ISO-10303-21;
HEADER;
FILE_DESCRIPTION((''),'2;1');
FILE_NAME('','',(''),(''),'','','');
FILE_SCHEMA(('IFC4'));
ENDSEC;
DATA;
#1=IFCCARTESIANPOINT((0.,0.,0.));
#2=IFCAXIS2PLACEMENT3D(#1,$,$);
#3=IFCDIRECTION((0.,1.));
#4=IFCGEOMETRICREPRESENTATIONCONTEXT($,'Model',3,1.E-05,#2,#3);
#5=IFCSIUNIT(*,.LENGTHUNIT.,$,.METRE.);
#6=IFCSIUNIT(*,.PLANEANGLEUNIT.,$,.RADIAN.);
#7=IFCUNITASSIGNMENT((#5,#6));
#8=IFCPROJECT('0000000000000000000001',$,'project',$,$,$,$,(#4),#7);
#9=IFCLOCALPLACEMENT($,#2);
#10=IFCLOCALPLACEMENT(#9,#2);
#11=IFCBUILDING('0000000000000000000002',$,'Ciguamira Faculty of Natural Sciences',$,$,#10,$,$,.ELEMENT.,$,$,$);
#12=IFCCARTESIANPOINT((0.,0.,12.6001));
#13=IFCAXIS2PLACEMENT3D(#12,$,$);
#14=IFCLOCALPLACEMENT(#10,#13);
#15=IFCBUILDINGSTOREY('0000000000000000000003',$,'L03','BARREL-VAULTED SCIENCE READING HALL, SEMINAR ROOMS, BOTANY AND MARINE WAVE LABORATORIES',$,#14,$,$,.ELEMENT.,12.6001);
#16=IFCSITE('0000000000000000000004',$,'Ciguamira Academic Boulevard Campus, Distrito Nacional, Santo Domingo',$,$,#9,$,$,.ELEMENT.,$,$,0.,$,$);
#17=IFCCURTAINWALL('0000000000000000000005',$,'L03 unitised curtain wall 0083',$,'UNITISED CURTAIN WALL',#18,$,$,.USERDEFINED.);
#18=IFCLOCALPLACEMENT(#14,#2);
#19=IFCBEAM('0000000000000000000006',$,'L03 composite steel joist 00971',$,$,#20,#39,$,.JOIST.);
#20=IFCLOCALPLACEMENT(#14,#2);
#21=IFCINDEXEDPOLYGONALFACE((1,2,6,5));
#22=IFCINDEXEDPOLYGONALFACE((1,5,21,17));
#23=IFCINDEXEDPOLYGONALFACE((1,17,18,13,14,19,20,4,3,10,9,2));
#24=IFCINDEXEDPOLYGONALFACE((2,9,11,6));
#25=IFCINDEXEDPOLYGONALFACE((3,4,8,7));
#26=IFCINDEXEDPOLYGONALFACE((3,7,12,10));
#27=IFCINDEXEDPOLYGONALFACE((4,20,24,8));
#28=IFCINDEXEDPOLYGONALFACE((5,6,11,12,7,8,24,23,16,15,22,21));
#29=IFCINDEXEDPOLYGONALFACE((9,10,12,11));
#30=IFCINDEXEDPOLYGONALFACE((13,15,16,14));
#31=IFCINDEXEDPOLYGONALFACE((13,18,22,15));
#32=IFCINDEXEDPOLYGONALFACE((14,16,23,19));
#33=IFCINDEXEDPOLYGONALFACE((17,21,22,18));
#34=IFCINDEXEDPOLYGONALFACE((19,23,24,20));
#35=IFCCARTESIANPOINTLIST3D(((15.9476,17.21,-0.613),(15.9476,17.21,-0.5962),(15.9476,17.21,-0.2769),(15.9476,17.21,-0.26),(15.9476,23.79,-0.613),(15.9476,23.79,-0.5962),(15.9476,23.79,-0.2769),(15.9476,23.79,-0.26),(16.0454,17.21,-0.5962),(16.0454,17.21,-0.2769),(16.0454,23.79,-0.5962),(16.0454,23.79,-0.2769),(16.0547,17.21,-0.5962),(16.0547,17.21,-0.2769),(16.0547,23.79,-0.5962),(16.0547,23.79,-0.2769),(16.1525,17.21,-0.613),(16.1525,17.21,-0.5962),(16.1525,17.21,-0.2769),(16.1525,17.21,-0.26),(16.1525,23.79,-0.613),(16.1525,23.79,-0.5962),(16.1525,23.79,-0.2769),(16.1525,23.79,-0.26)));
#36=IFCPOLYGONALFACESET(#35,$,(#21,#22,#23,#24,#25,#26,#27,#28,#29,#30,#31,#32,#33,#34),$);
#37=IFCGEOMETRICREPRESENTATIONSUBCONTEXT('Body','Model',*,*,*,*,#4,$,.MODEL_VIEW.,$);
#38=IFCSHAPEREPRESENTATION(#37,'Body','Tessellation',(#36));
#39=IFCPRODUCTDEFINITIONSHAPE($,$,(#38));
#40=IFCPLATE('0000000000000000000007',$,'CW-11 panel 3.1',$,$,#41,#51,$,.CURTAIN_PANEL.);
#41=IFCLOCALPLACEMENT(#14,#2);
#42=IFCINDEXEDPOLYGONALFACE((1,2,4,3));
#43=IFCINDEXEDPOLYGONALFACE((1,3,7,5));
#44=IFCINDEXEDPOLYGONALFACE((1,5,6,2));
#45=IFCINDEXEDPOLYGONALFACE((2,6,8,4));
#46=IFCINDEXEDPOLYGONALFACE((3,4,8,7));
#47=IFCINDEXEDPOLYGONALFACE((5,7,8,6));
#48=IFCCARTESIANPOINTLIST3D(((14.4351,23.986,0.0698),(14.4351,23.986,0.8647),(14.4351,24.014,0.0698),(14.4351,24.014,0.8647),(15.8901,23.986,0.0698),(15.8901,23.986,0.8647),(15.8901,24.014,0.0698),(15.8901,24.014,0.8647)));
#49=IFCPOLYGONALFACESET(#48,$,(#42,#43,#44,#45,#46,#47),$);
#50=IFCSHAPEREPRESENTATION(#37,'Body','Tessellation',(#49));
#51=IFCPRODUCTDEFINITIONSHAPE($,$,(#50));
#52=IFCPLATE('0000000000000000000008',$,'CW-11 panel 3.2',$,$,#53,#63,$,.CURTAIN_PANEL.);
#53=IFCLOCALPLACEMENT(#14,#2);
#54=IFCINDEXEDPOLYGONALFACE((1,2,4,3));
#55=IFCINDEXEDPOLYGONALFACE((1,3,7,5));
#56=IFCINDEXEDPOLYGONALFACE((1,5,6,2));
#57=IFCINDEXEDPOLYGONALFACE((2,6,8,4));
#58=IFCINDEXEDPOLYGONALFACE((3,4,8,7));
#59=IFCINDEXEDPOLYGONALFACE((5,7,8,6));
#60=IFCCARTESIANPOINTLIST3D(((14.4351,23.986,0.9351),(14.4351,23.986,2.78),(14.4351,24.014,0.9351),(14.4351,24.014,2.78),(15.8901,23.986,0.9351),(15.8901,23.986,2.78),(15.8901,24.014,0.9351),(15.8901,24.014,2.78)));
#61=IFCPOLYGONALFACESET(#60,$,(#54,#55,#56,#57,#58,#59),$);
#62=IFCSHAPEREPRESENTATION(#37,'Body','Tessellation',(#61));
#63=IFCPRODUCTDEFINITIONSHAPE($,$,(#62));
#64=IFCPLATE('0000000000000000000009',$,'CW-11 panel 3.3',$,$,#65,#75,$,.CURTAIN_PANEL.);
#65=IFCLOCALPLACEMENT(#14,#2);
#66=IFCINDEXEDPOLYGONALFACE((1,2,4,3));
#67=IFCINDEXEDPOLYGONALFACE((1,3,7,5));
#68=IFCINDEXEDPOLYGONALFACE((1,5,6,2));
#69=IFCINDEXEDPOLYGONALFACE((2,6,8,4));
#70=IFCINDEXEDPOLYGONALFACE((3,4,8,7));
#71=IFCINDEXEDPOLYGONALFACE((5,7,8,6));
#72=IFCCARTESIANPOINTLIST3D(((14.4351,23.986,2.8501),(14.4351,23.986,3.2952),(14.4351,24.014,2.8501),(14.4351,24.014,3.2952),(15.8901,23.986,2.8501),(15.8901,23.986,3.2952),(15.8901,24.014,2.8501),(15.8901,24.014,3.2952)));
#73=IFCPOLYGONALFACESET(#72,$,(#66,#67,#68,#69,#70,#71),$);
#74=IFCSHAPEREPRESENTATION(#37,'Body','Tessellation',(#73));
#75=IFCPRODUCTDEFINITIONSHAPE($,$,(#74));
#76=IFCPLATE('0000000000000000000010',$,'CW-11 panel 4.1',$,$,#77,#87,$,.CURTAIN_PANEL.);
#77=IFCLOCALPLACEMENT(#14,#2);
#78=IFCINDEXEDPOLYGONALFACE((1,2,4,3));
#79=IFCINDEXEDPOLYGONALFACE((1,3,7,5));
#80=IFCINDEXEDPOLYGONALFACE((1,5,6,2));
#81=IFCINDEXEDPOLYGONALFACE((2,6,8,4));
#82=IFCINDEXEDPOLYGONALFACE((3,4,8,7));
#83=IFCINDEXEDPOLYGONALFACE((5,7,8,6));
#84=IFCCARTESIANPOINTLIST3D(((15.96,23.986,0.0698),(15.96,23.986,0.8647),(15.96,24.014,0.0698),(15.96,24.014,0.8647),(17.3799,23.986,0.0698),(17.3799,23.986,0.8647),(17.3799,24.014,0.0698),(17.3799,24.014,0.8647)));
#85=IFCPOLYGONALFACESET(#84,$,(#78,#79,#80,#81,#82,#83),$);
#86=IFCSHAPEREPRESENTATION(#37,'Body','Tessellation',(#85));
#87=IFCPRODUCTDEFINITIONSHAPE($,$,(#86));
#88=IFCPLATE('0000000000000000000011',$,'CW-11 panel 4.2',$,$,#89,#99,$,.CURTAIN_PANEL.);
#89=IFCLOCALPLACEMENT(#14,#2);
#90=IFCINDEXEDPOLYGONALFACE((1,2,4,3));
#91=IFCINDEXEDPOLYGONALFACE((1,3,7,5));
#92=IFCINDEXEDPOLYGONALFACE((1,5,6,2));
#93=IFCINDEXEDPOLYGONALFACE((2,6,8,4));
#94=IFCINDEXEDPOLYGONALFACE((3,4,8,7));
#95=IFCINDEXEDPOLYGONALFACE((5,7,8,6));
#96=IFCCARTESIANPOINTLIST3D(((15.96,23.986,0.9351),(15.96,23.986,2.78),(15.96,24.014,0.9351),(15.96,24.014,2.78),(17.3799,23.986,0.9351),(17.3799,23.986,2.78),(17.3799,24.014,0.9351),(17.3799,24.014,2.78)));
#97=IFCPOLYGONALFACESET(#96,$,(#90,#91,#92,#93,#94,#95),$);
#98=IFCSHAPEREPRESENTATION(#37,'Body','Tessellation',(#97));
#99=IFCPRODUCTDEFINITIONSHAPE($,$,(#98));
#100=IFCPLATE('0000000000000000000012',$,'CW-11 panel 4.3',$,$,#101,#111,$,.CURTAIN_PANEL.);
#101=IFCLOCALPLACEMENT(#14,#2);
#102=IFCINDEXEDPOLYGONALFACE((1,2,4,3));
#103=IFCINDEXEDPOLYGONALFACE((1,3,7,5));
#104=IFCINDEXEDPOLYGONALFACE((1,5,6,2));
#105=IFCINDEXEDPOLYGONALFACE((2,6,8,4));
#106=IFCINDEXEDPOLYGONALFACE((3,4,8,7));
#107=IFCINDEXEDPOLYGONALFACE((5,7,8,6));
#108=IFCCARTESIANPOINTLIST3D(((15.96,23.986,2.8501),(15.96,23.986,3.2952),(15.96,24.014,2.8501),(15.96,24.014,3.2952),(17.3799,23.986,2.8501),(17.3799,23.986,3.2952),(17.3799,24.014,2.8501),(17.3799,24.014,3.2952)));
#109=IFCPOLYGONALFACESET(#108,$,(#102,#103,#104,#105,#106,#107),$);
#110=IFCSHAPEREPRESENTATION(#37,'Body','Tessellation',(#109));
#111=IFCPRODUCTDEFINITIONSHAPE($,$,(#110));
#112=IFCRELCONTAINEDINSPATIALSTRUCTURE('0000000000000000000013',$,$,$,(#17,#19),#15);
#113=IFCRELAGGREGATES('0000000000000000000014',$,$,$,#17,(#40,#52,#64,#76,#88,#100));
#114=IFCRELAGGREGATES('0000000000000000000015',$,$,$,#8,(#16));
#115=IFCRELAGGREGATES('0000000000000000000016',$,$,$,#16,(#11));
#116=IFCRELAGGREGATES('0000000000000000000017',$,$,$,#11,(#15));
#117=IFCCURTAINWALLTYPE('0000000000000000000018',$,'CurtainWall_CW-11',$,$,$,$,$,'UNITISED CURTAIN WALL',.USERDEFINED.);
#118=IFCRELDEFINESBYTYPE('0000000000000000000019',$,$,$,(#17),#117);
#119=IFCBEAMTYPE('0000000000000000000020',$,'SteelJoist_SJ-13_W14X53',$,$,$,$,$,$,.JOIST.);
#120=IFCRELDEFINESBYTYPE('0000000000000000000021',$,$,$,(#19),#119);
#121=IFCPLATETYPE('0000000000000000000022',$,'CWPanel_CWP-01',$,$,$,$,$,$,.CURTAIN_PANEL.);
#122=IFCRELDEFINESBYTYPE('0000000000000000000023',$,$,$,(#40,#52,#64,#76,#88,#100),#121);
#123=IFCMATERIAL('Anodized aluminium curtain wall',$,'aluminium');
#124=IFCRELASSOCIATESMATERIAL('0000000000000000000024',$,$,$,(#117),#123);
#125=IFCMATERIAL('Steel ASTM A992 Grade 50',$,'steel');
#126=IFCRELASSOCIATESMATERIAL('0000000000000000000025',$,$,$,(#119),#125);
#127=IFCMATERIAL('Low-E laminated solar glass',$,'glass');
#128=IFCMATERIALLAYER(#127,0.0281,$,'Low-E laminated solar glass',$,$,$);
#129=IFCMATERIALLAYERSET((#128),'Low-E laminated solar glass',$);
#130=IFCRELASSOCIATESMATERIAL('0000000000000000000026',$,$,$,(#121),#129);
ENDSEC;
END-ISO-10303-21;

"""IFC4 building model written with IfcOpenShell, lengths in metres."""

from ifc_helpers import new_model, si_unit, direction, frame, origin, origin_2d, place, context, subcontext, project, spatial, rectangle, i_section, extrude, material, layer, layer_set, material_profile, profile_set, type_object, element, aggregate, save


model = new_model("IFC4")

# Units and contexts
model_context = context("Model", 3, precision=1e-05, world=origin(), true_north=direction((0.0, 1.0)))
body_context = subcontext(model_context, "Body", "Model", "MODEL_VIEW")
ifc_project = project(units=[si_unit("LENGTHUNIT", "METRE"), si_unit("PLANEANGLEUNIT", "RADIAN")], contexts=[model_context])

# Site, building, storey
site_placement = place(None, origin())
site = spatial("IfcSite", under=ifc_project, at=site_placement, Name="Ciguamira Academic Boulevard Campus, Distrito Nacional, Santo Domingo", CompositionType="ELEMENT", RefElevation=0.0)
building_placement = place(site_placement, origin())
building = spatial("IfcBuilding", under=site, at=building_placement, Name="Ciguamira Faculty of Natural Sciences", CompositionType="ELEMENT")
storey_placement = place(building_placement, frame((0.0, 0.0, 12.6001)))
storey = spatial("IfcBuildingStorey", under=building, at=storey_placement, Name="L03", Description="BARREL-VAULTED SCIENCE READING HALL, SEMINAR ROOMS, BOTANY AND MARINE WAVE LABORATORIES", CompositionType="ELEMENT", Elevation=12.6001)

# Curtain wall
ifc_material_1 = material(Name="Anodized aluminium curtain wall", Category="aluminium")
curtain_wall_type = type_object("IfcCurtainWallType", Name="CurtainWall_CW-11", ElementType="UNITISED CURTAIN WALL", PredefinedType="USERDEFINED", material=ifc_material_1)
curtain_wall_placement = place(storey_placement, origin())
curtain_wall = element("IfcCurtainWall", 1, at=curtain_wall_placement, inside=storey, type_object=curtain_wall_type, Name="L03 unitised curtain wall 0083", ObjectType="UNITISED CURTAIN WALL", PredefinedType="USERDEFINED")

# Beam
ifc_material_2 = material(Name="Steel ASTM A992 Grade 50", Category="steel")
ifc_material_profile_1 = material_profile(ifc_material_2, i_section(OverallWidth=0.2048, OverallDepth=0.353, WebThickness=0.0093, FlangeThickness=0.0168, at=origin_2d()), Name="W14X53")
ifc_profile_set_1 = profile_set([ifc_material_profile_1], Name="Steel ASTM A992 Grade 50")
beam_type_1 = type_object("IfcBeamType", Name="SteelJoist_SJ-13_W14X53", PredefinedType="JOIST", material=ifc_profile_set_1)
beam_1_placement = place(storey_placement, frame((16.05, 17.21, -0.4365), z_axis=(0.0, 1.0, 0.0), x_axis=(-1.0, 0.0, 0.0)))
element("IfcBeam", 2, at=beam_1_placement, inside=storey, type_object=beam_type_1, Name="L03 composite steel joist 00971", PredefinedType="JOIST", context=body_context, shape_type="SweptSolid", body=[
    extrude(i_section(OverallWidth=0.2048, OverallDepth=0.353, WebThickness=0.0093, FlangeThickness=0.0168, at=origin_2d()), origin(), (0.0, 0.0, 1.0), 6.5801),
])

# Plates
ifc_material_3 = material(Name="Low-E laminated solar glass", Category="glass")
ifc_layer = layer(ifc_material_3, 0.0281, Name="Low-E laminated solar glass")
ifc_layer_set = layer_set([ifc_layer], Name="Low-E laminated solar glass")
plate_type = type_object("IfcPlateType", Name="CWPanel_CWP-01", PredefinedType="CURTAIN_PANEL", material=ifc_layer_set)
plate_1_placement = place(storey_placement, frame((15.1626, 24.0, 0.0698), z_axis=(0.0, 0.0, 1.0), x_axis=(1.0, 0.0, 0.0)))
plate_1 = element("IfcPlate", 3, at=plate_1_placement, type_object=plate_type, Name="CW-11 panel 3.1", PredefinedType="CURTAIN_PANEL", context=body_context, shape_type="SweptSolid", body=[
    extrude(rectangle(XDim=1.4551, YDim=0.0281, at=origin_2d()), origin(), (0.0, 0.0, 1.0), 0.7949),
])
plate_2_placement = place(storey_placement, frame((15.1626, 24.0, 0.9351), z_axis=(0.0, 0.0, 1.0), x_axis=(1.0, 0.0, 0.0)))
plate_2 = element("IfcPlate", 4, at=plate_2_placement, type_object=plate_type, Name="CW-11 panel 3.2", PredefinedType="CURTAIN_PANEL", context=body_context, shape_type="SweptSolid", body=[
    extrude(rectangle(XDim=1.4551, YDim=0.0281, at=origin_2d()), origin(), (0.0, 0.0, 1.0), 1.845),
])
plate_3_placement = place(storey_placement, frame((15.1626, 24.0, 2.8501), z_axis=(0.0, 0.0, 1.0), x_axis=(1.0, 0.0, 0.0)))
plate_3 = element("IfcPlate", 5, at=plate_3_placement, type_object=plate_type, Name="CW-11 panel 3.3", PredefinedType="CURTAIN_PANEL", context=body_context, shape_type="SweptSolid", body=[
    extrude(rectangle(XDim=1.4551, YDim=0.0281, at=origin_2d()), origin(), (0.0, 0.0, 1.0), 0.4451),
])
plate_4_placement = place(storey_placement, frame((16.6699, 24.0, 0.0698), z_axis=(0.0, 0.0, 1.0), x_axis=(1.0, 0.0, 0.0)))
plate_4 = element("IfcPlate", 6, at=plate_4_placement, type_object=plate_type, Name="CW-11 panel 4.1", PredefinedType="CURTAIN_PANEL", context=body_context, shape_type="SweptSolid", body=[
    extrude(rectangle(XDim=1.4199, YDim=0.0281, at=origin_2d()), origin(), (0.0, 0.0, 1.0), 0.7949),
])
plate_5_placement = place(storey_placement, frame((16.6699, 24.0, 0.9351), z_axis=(0.0, 0.0, 1.0), x_axis=(1.0, 0.0, 0.0)))
plate_5 = element("IfcPlate", 7, at=plate_5_placement, type_object=plate_type, Name="CW-11 panel 4.2", PredefinedType="CURTAIN_PANEL", context=body_context, shape_type="SweptSolid", body=[
    extrude(rectangle(XDim=1.4199, YDim=0.0281, at=origin_2d()), origin(), (0.0, 0.0, 1.0), 1.845),
])
plate_6_placement = place(storey_placement, frame((16.6699, 24.0, 2.8501), z_axis=(0.0, 0.0, 1.0), x_axis=(1.0, 0.0, 0.0)))
plate_6 = element("IfcPlate", 8, at=plate_6_placement, type_object=plate_type, Name="CW-11 panel 4.3", PredefinedType="CURTAIN_PANEL", context=body_context, shape_type="SweptSolid", body=[
    extrude(rectangle(XDim=1.4199, YDim=0.0281, at=origin_2d()), origin(), (0.0, 0.0, 1.0), 0.4451),
])
aggregate(curtain_wall, [plate_1, plate_2, plate_3, plate_4, plate_5, plate_6])

save(model, "model.ifc")
